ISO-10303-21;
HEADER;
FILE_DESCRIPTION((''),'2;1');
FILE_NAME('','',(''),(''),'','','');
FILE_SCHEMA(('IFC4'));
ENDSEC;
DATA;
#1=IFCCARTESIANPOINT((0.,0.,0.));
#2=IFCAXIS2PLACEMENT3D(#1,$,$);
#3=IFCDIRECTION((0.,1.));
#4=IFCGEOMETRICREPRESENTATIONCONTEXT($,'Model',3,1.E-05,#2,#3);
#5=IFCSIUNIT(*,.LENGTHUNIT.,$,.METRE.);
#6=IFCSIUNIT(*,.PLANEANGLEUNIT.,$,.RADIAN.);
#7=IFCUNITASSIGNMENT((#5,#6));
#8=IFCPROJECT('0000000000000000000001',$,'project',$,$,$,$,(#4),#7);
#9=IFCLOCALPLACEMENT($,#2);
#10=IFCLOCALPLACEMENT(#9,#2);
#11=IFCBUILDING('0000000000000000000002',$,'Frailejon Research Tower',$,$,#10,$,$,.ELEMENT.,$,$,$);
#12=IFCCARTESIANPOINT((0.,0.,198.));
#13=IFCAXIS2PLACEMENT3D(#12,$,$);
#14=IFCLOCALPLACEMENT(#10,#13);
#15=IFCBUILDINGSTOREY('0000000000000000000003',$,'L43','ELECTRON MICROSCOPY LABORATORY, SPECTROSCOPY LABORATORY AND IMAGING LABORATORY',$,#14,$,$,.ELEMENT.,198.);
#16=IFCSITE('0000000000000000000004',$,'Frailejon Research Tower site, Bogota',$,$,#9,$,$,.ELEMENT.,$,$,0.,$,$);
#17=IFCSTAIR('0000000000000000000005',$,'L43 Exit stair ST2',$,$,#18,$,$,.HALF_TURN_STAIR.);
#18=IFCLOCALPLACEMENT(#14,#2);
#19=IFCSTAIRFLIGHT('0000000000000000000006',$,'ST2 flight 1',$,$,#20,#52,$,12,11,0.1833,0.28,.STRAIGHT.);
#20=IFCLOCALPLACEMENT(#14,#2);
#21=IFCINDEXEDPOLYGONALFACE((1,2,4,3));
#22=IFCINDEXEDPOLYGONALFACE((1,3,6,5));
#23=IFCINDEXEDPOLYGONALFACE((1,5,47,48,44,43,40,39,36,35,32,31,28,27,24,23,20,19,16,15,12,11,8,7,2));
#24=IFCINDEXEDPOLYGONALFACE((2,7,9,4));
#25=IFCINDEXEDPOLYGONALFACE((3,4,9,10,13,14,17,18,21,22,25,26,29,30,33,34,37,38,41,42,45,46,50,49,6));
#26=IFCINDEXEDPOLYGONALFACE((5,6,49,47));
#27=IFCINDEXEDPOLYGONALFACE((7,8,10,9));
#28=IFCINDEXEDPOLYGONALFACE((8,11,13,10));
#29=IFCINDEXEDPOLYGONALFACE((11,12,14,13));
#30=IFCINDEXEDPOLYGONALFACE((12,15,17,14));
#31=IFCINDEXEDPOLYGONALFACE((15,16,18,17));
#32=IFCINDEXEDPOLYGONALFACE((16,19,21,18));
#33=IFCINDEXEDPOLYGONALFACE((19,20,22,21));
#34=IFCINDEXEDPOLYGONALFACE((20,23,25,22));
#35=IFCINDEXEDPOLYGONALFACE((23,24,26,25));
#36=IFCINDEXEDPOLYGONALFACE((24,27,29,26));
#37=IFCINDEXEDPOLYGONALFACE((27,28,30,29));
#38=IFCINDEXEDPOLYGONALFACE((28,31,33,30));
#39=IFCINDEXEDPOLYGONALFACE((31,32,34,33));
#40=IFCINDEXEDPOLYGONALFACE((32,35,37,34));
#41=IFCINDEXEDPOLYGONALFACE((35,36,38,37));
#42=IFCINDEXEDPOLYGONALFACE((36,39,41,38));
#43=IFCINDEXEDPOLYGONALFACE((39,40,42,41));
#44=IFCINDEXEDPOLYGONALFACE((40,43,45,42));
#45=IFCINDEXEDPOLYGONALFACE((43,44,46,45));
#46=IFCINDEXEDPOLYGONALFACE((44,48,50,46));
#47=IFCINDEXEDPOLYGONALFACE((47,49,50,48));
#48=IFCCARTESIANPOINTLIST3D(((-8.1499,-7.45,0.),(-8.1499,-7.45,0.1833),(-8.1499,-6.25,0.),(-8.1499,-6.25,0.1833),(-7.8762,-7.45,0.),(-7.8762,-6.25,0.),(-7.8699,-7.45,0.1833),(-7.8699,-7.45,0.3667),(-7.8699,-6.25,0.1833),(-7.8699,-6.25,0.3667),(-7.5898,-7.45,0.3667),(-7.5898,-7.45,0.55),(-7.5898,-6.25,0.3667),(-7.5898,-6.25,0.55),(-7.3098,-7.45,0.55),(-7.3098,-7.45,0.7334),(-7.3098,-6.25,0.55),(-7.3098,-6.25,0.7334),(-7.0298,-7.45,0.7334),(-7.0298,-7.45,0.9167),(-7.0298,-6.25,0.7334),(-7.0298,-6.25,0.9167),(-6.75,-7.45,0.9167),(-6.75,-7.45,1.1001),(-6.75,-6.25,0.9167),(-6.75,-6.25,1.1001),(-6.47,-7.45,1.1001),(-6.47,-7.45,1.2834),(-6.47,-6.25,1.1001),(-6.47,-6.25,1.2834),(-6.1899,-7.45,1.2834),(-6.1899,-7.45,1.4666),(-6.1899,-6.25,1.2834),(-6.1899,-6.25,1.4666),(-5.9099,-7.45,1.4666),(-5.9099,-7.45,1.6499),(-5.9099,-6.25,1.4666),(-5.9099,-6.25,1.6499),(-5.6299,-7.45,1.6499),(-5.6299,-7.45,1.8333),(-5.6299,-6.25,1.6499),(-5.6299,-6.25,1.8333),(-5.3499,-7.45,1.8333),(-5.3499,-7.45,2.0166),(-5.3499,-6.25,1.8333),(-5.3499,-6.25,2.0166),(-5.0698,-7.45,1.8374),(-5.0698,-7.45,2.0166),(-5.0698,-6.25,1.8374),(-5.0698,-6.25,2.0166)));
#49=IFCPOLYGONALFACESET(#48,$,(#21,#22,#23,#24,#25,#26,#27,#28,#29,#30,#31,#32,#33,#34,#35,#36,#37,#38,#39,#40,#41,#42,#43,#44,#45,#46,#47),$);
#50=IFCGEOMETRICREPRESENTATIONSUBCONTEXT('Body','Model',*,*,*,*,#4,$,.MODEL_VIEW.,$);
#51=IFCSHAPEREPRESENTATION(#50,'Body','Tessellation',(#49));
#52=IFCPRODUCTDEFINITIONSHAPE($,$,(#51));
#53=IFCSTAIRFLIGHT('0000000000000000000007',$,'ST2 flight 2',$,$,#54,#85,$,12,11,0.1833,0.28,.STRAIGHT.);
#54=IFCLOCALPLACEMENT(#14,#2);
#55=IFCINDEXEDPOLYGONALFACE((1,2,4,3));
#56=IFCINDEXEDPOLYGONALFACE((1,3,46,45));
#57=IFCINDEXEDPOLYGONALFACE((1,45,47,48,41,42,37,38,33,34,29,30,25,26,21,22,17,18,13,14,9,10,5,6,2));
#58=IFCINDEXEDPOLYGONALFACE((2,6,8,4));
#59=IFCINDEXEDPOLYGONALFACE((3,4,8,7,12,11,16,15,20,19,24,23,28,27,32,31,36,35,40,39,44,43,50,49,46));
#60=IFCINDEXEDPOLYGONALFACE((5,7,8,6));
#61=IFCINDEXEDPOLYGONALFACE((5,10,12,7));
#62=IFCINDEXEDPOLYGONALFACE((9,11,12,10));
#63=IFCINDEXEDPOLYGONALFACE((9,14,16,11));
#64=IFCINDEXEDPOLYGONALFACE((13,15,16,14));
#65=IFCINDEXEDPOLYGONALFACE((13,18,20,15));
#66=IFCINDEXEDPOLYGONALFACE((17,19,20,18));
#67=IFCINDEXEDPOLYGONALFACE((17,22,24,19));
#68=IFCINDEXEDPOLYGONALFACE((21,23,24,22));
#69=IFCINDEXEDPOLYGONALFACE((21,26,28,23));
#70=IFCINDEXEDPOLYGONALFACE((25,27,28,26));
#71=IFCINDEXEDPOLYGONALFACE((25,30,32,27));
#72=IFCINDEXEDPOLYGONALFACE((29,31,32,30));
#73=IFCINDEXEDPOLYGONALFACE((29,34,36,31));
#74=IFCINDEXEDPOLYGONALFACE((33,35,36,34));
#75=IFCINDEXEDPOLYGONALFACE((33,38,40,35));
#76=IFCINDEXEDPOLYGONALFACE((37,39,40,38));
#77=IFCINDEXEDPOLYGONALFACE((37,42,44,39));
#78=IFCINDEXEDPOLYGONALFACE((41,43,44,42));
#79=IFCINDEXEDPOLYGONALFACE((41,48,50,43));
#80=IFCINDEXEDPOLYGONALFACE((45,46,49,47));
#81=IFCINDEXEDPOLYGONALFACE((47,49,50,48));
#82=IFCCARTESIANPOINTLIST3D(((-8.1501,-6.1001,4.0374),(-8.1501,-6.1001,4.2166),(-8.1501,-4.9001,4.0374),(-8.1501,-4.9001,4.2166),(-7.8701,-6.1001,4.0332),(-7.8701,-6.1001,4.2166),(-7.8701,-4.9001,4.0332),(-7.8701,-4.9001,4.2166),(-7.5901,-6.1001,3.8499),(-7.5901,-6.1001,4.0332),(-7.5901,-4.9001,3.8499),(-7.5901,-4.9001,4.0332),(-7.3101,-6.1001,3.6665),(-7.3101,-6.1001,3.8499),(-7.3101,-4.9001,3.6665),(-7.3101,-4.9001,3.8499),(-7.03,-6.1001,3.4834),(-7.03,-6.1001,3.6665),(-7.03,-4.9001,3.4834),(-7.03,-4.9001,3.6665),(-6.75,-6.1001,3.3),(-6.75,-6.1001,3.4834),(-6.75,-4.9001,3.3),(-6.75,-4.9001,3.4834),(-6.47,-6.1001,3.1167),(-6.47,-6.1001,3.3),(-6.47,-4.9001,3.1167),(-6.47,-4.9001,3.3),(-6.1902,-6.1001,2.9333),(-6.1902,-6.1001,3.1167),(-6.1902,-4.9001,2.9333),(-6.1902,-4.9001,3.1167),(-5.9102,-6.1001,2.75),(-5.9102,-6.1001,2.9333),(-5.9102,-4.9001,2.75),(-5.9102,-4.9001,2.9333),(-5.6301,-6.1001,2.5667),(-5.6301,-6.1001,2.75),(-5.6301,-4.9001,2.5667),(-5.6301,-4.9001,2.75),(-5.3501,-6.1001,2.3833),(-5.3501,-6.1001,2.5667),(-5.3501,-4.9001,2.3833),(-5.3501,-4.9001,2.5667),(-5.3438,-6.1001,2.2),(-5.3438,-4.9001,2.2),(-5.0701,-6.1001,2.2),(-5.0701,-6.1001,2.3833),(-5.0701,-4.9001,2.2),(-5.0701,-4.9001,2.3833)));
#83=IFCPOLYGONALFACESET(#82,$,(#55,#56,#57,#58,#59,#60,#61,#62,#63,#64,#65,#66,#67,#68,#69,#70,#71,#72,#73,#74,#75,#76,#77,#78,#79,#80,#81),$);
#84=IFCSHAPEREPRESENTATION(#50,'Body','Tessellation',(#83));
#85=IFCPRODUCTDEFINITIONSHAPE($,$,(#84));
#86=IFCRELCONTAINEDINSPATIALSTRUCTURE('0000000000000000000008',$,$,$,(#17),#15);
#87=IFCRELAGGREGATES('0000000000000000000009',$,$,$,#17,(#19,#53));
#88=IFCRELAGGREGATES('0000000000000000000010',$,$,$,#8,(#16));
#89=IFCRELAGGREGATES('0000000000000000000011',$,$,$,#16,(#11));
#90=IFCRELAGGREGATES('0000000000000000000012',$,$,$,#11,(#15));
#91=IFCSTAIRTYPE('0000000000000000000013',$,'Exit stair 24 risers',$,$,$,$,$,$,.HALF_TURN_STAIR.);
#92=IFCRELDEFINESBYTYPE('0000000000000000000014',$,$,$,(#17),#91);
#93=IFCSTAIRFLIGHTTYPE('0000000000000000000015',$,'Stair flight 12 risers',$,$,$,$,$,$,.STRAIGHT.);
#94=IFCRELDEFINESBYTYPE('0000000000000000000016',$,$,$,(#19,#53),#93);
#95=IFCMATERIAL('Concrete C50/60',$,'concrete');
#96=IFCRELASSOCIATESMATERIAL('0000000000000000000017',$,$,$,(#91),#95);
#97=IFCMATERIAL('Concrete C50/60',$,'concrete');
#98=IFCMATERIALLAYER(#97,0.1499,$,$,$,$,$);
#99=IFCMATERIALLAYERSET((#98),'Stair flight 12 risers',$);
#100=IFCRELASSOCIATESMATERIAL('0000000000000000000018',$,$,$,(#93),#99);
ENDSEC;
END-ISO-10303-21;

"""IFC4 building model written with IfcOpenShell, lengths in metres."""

from ifc_helpers import new_model, si_unit, direction, frame, origin, place, context, subcontext, project, spatial, polyline, outline, extrude, material, layer, layer_set, type_object, element, aggregate, save


model = new_model("IFC4")

# Units and contexts
model_context = context("Model", 3, precision=1e-05, world=origin(), true_north=direction((0.0, 1.0)))
body_context = subcontext(model_context, "Body", "Model", "MODEL_VIEW")
ifc_project = project(units=[si_unit("LENGTHUNIT", "METRE"), si_unit("PLANEANGLEUNIT", "RADIAN")], contexts=[model_context])

# Site, building, storey
site_placement = place(None, origin())
site = spatial("IfcSite", under=ifc_project, at=site_placement, Name="Frailejon Research Tower site, Bogota", CompositionType="ELEMENT", RefElevation=0.0)
building_placement = place(site_placement, origin())
building = spatial("IfcBuilding", under=site, at=building_placement, Name="Frailejon Research Tower", CompositionType="ELEMENT")
storey_placement = place(building_placement, frame((0.0, 0.0, 198.0)))
storey = spatial("IfcBuildingStorey", under=building, at=storey_placement, Name="L43", Description="ELECTRON MICROSCOPY LABORATORY, SPECTROSCOPY LABORATORY AND IMAGING LABORATORY", CompositionType="ELEMENT", Elevation=198.0)

# Stair, stair flights
ifc_material_1 = material(Name="Concrete C50/60", Category="concrete")
stair_type = type_object("IfcStairType", Name="Exit stair 24 risers", PredefinedType="HALF_TURN_STAIR", material=ifc_material_1)
stair_placement = place(storey_placement, origin())
stair = element("IfcStair", 1, at=stair_placement, inside=storey, type_object=stair_type, Name="L43 Exit stair ST2", PredefinedType="HALF_TURN_STAIR")
ifc_material_2 = material(Name="Concrete C50/60", Category="concrete")
ifc_layer_1 = layer(ifc_material_2, 0.1499)
ifc_layer_set_1 = layer_set([ifc_layer_1], Name="Stair flight 12 risers")
stair_flight_type = type_object("IfcStairFlightType", Name="Stair flight 12 risers", PredefinedType="STRAIGHT", material=ifc_layer_set_1)
stair_flight_1_placement = place(storey_placement, frame((-8.1499, -6.8501, 0.0), z_axis=(0.0, 0.0, 1.0), x_axis=(1.0, 0.0, 0.0)))
stair_flight_1 = element("IfcStairFlight", 2, at=stair_flight_1_placement, type_object=stair_flight_type, Name="ST2 flight 1", NumberOfRisers=12, NumberOfTreads=11, PredefinedType="STRAIGHT", RiserHeight=0.1833, TreadLength=0.28, context=body_context, shape_type="SweptSolid", body=[
    extrude(outline(polyline([(0.0, 0.0), (0.0, 0.1833), (0.28, 0.1833), (0.28, 0.3667), (0.5601, 0.3667), (0.5601, 0.55), (0.8401, 0.55), (0.8401, 0.7334), (1.1201, 0.7334), (1.1201, 0.9167), (1.3999, 0.9167), (1.3999, 1.1001), (1.6799, 1.1001), (1.6799, 1.2834), (1.96, 1.2834), (1.96, 1.4666), (2.24, 1.4666), (2.24, 1.6499), (2.52, 1.6499), (2.52, 1.8333), (2.8, 1.8333), (2.8, 2.0166), (3.0801, 2.0166), (3.0801, 2.2), (3.0801, 1.8374), (0.2737, 0.0), (0.0, 0.0)])), frame((0.0, 0.6001, 0.0), z_axis=(0.0, -1.0, 0.0), x_axis=(1.0, 0.0, 0.0)), (0.0, 0.0, 1.0), 1.2),
])
stair_flight_2_placement = place(storey_placement, frame((-5.0701, -5.5, 2.2), z_axis=(0.0, 0.0, 1.0), x_axis=(-1.0, 0.0, 0.0)))
stair_flight_2 = element("IfcStairFlight", 3, at=stair_flight_2_placement, type_object=stair_flight_type, Name="ST2 flight 2", NumberOfRisers=12, NumberOfTreads=11, PredefinedType="STRAIGHT", RiserHeight=0.1833, TreadLength=0.28, context=body_context, shape_type="SweptSolid", body=[
    extrude(outline(polyline([(0.0, 0.0), (0.0, 0.1833), (0.28, 0.1833), (0.28, 0.3667), (0.5601, 0.3667), (0.5601, 0.55), (0.8401, 0.55), (0.8401, 0.7334), (1.1201, 0.7334), (1.1201, 0.9167), (1.3999, 0.9167), (1.3999, 1.1001), (1.6799, 1.1001), (1.6799, 1.2834), (1.96, 1.2834), (1.96, 1.4666), (2.24, 1.4666), (2.24, 1.6499), (2.52, 1.6499), (2.52, 1.8333), (2.8, 1.8333), (2.8, 2.0166), (3.0801, 2.0166), (3.0801, 2.2), (3.0801, 1.8374), (0.2737, 0.0), (0.0, 0.0)])), frame((0.0, 0.6001, 0.0), z_axis=(0.0, -1.0, 0.0), x_axis=(1.0, 0.0, 0.0)), (0.0, 0.0, 1.0), 1.2),
])
aggregate(stair, [stair_flight_1, stair_flight_2])

save(model, "model.ifc")
